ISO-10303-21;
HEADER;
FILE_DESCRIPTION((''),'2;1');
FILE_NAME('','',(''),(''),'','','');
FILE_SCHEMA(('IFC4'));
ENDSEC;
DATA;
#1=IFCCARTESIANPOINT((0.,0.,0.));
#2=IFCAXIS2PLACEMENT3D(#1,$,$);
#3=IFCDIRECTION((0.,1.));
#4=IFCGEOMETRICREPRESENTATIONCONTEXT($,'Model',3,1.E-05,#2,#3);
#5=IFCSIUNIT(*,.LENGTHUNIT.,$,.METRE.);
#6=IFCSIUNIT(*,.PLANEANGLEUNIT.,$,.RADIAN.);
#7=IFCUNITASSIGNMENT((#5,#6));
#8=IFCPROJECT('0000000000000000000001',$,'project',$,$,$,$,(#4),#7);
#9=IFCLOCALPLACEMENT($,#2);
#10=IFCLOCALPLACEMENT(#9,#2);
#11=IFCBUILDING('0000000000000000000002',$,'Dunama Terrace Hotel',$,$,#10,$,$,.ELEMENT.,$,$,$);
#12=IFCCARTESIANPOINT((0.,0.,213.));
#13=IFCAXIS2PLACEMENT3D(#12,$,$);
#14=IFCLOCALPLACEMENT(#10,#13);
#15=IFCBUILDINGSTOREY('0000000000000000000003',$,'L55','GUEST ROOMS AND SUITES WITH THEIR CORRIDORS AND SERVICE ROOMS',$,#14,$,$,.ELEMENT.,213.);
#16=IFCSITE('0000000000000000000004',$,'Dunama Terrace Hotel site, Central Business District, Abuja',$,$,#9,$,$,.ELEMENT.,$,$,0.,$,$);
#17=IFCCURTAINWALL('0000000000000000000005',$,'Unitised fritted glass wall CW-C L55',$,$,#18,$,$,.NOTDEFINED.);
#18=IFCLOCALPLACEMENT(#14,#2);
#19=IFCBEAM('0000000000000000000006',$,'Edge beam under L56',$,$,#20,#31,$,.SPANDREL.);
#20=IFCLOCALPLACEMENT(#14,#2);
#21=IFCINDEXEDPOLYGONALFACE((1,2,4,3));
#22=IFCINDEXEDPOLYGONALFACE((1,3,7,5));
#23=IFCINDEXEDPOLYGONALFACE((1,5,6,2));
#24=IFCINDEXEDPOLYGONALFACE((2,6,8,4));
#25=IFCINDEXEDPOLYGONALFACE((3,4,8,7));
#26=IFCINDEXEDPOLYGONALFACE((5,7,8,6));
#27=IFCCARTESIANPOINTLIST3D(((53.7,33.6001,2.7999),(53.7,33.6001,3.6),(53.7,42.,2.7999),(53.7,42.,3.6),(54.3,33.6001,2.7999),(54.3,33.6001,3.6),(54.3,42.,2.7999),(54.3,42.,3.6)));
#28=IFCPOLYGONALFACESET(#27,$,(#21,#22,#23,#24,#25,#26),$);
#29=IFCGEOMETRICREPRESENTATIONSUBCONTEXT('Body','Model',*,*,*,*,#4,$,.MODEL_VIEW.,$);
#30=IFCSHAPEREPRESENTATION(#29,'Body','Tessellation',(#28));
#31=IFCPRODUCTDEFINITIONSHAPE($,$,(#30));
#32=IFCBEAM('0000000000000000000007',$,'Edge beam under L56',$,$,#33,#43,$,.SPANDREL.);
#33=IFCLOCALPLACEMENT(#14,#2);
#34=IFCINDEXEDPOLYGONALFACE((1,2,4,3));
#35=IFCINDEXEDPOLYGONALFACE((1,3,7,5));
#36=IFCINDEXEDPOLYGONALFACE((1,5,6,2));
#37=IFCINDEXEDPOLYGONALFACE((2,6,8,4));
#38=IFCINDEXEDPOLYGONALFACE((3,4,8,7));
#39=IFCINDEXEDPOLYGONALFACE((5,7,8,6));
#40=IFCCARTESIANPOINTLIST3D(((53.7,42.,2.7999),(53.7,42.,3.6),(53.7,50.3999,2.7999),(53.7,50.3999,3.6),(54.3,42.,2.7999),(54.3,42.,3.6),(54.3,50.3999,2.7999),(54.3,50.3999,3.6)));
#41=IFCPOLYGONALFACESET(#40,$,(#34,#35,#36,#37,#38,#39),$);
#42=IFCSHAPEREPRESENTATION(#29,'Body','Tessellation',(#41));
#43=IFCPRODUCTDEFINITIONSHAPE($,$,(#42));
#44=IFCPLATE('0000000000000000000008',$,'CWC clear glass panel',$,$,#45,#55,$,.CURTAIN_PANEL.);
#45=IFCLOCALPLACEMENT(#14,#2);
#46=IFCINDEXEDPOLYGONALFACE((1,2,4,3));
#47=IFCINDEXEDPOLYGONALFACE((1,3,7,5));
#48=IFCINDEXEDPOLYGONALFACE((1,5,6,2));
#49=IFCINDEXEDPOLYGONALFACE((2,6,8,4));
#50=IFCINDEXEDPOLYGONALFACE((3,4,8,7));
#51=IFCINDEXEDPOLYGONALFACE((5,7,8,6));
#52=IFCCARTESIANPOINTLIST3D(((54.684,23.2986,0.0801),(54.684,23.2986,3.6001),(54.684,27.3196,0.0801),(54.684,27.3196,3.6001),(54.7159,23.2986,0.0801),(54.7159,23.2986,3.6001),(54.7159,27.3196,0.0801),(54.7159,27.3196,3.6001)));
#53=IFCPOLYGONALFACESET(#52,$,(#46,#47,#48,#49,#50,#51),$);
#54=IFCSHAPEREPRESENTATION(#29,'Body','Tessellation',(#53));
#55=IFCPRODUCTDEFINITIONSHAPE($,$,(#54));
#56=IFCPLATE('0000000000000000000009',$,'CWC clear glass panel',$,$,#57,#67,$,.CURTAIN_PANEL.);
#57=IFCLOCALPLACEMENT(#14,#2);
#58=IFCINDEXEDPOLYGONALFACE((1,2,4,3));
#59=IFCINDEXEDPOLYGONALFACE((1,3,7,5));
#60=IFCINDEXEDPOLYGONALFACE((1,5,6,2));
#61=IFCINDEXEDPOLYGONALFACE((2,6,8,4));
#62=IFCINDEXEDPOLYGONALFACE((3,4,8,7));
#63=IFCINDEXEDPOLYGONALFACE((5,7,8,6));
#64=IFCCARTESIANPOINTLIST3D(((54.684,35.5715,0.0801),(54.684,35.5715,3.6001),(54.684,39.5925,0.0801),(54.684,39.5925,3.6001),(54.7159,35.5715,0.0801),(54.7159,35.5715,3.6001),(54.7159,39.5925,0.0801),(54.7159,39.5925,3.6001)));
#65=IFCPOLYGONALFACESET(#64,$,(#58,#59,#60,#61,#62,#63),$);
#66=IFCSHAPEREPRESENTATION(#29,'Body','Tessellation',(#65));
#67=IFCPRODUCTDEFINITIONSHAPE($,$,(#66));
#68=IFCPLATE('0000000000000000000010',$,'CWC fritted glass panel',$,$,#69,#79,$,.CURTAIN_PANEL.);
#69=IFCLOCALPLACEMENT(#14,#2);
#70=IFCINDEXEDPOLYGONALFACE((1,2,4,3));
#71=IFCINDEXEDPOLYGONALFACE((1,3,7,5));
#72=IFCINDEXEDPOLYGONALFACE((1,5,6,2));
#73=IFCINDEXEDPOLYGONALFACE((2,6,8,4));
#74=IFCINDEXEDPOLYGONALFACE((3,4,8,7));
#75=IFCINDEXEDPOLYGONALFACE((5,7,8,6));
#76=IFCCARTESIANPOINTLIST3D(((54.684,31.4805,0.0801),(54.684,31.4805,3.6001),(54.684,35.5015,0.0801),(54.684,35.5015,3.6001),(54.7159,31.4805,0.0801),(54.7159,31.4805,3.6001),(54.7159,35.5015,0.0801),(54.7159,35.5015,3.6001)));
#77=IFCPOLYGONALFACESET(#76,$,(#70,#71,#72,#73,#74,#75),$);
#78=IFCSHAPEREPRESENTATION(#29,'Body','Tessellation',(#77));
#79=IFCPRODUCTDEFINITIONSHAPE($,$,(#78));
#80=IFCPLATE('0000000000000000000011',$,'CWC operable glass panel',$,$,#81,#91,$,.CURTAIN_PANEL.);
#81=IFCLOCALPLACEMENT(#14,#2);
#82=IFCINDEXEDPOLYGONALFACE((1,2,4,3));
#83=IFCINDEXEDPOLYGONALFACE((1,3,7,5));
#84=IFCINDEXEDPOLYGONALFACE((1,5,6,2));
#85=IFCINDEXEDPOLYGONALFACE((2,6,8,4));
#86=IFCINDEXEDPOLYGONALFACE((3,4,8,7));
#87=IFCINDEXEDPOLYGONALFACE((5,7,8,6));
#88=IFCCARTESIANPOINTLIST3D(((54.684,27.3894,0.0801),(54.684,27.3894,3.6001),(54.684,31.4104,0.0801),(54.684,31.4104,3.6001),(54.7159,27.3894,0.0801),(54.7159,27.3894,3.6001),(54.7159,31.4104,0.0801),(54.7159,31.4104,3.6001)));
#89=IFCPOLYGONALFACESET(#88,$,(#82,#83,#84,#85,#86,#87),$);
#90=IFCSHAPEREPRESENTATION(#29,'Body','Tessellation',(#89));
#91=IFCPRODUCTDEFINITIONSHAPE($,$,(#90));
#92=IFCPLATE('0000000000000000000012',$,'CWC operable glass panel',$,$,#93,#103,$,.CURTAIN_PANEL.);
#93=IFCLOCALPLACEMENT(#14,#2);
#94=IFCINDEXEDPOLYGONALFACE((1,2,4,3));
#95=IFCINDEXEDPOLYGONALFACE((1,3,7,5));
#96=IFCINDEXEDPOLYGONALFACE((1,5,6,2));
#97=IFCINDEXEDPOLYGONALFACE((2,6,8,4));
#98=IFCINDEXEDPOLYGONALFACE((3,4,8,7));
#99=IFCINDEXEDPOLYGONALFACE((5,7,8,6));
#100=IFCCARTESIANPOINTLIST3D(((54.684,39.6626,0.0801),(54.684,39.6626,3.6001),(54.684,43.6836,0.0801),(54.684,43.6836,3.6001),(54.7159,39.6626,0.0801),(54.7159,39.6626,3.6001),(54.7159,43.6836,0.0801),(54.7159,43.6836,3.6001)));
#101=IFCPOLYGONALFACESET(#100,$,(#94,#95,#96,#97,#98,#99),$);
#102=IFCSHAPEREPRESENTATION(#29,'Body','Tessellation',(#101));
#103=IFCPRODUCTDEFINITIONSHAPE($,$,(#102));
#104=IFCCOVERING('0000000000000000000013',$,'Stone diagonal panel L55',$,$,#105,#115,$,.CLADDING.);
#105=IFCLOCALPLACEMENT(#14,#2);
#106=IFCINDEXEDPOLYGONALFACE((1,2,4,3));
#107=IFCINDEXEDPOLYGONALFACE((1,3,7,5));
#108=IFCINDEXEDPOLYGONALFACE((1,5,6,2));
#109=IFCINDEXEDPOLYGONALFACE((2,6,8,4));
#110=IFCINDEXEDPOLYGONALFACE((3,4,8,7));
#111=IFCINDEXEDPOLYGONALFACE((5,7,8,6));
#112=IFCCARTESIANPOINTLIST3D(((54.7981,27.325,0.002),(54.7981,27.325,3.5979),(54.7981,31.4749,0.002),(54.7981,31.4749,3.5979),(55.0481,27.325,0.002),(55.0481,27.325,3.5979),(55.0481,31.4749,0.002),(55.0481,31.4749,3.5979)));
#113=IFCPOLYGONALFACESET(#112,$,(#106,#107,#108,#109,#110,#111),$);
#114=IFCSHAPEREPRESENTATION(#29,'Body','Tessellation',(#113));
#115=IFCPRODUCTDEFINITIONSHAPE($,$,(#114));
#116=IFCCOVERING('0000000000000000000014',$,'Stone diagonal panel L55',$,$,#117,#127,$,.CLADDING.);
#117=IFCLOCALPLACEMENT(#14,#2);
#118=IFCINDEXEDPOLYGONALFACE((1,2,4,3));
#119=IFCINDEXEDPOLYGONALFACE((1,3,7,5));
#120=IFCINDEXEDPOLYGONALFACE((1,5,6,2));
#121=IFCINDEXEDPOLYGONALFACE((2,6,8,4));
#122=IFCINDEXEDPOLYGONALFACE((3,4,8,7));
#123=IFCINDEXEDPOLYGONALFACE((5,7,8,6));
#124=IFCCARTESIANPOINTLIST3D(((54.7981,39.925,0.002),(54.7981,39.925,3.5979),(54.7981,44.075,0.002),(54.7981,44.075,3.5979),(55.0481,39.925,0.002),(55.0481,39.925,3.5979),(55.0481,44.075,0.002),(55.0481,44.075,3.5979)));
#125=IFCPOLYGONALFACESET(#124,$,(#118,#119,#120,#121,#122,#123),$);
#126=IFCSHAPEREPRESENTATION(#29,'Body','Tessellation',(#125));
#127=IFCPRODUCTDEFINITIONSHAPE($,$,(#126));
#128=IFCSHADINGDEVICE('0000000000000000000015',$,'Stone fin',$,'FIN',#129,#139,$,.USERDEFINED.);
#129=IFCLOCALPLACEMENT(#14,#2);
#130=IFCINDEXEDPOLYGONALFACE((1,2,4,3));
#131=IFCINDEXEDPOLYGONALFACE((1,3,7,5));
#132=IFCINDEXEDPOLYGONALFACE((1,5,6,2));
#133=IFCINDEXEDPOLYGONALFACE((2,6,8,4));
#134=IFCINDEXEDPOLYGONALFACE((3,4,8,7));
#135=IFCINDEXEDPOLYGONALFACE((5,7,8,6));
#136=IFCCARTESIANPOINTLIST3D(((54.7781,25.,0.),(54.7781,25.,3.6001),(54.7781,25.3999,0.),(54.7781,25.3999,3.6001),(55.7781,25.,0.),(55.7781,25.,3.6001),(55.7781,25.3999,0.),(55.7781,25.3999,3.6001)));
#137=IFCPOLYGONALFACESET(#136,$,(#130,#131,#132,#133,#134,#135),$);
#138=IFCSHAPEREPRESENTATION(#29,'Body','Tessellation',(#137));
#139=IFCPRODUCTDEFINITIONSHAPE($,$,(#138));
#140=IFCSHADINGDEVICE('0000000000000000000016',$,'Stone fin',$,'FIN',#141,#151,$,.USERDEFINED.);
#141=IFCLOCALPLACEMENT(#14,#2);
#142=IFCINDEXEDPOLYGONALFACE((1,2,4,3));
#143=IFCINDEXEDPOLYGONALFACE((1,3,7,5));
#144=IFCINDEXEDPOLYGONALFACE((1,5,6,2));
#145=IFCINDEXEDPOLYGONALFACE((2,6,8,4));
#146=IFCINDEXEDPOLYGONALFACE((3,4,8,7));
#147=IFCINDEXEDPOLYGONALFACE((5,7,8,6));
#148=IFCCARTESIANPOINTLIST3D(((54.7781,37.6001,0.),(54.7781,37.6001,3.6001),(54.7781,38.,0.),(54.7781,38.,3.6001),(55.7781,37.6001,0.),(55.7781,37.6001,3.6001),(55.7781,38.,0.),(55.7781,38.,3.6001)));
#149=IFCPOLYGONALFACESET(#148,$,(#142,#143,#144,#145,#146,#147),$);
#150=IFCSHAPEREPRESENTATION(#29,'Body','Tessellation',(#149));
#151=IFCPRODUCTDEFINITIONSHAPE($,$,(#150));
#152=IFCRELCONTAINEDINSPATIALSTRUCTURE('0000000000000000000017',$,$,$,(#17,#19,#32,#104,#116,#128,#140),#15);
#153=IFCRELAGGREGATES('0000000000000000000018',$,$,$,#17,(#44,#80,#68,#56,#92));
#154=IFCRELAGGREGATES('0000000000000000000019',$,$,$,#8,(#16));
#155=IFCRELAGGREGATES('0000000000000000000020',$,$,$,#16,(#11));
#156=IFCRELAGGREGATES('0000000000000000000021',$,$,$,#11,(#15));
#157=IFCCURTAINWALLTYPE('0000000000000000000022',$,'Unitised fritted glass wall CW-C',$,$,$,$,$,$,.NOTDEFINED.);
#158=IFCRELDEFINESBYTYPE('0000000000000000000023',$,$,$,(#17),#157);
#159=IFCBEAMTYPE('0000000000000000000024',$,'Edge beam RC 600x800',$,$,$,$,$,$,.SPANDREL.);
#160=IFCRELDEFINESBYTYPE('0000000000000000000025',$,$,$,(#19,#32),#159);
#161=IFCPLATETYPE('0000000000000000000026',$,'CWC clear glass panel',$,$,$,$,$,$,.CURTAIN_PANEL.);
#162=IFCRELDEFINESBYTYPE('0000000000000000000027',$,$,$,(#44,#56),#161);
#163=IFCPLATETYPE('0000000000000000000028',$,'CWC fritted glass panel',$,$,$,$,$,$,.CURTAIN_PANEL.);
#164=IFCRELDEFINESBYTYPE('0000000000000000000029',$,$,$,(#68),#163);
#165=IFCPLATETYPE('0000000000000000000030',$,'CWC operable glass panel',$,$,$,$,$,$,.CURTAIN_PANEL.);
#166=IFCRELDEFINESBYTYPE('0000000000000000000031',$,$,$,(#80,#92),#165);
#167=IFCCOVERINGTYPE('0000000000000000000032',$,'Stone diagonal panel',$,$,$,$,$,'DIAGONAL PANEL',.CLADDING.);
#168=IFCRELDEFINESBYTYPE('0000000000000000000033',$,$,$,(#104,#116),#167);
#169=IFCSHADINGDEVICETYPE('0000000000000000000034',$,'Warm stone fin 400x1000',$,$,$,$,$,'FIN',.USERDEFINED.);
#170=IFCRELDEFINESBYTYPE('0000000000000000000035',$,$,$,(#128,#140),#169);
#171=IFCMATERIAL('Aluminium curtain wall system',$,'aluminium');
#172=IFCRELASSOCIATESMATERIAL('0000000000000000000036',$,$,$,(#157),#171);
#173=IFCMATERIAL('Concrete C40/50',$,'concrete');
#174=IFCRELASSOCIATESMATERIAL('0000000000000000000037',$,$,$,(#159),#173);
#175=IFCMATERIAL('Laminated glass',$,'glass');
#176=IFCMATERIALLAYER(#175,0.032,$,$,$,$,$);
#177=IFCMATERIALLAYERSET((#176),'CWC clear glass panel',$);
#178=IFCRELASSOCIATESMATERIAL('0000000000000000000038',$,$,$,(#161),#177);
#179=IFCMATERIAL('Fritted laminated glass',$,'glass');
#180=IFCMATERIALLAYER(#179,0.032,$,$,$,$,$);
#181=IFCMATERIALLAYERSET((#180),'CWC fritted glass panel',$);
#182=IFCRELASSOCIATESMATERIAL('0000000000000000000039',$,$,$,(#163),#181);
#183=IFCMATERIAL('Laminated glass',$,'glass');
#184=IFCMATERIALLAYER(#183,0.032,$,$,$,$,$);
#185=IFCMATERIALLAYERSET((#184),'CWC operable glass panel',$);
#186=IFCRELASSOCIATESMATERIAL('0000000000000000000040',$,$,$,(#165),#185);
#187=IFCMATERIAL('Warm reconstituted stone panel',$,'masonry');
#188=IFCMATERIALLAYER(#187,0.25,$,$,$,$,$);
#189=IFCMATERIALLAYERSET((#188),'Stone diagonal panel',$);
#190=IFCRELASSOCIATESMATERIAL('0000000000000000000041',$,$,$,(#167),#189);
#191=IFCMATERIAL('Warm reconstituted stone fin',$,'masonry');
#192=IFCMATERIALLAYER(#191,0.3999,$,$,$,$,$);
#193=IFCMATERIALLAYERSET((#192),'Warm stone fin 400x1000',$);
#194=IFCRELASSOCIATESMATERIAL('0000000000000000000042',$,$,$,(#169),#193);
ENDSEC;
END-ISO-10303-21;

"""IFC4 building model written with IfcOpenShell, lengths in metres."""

from ifc_helpers import new_model, si_unit, direction, frame, origin, origin_2d, place, context, subcontext, project, spatial, rectangle, extrude, material, layer, layer_set, material_profile, profile_set, type_object, element, aggregate, save


model = new_model("IFC4")

# Units and contexts
model_context = context("Model", 3, precision=1e-05, world=origin(), true_north=direction((0.0, 1.0)))
body_context = subcontext(model_context, "Body", "Model", "MODEL_VIEW")
ifc_project = project(units=[si_unit("LENGTHUNIT", "METRE"), si_unit("PLANEANGLEUNIT", "RADIAN")], contexts=[model_context])

# Site, building, storey
site_placement = place(None, origin())
site = spatial("IfcSite", under=ifc_project, at=site_placement, Name="Dunama Terrace Hotel site, Central Business District, Abuja", CompositionType="ELEMENT", RefElevation=0.0)
building_placement = place(site_placement, origin())
building = spatial("IfcBuilding", under=site, at=building_placement, Name="Dunama Terrace Hotel", CompositionType="ELEMENT")
storey_placement = place(building_placement, frame((0.0, 0.0, 213.0)))
storey = spatial("IfcBuildingStorey", under=building, at=storey_placement, Name="L55", Description="GUEST ROOMS AND SUITES WITH THEIR CORRIDORS AND SERVICE ROOMS", CompositionType="ELEMENT", Elevation=213.0)

# Curtain wall
ifc_material_1 = material(Name="Aluminium curtain wall system", Category="aluminium")
curtain_wall_type = type_object("IfcCurtainWallType", Name="Unitised fritted glass wall CW-C", PredefinedType="NOTDEFINED", material=ifc_material_1)
curtain_wall_placement = place(storey_placement, origin())
curtain_wall = element("IfcCurtainWall", 1, at=curtain_wall_placement, inside=storey, type_object=curtain_wall_type, Name="Unitised fritted glass wall CW-C L55", PredefinedType="NOTDEFINED")

# Beams
ifc_material_2 = material(Name="Concrete C40/50", Category="concrete")
ifc_material_profile_1 = material_profile(ifc_material_2, rectangle(XDim=0.6001, YDim=0.8, at=origin_2d()), Name="RC 600x800")
ifc_profile_set_1 = profile_set([ifc_material_profile_1], Name="Concrete C40/50")
beam_type = type_object("IfcBeamType", Name="Edge beam RC 600x800", PredefinedType="SPANDREL", material=ifc_profile_set_1)
for number, where, z_axis, x_axis, name in (
    (2, (54.0, 33.6001, 3.2), (0.0, 1.0, 0.0), (-1.0, 0.0, 0.0), "Edge beam under L56"),
    (3, (54.0, 42.0, 3.2), (0.0, 1.0, 0.0), (-1.0, 0.0, 0.0), "Edge beam under L56"),
):
    element("IfcBeam", number, at=place(storey_placement, frame(where, z_axis=z_axis, x_axis=x_axis)), inside=storey, type_object=beam_type, Name=name, PredefinedType="SPANDREL", context=body_context, shape_type="SweptSolid", body=[
        extrude(rectangle(XDim=0.6001, YDim=0.8, at=origin_2d()), origin(), (0.0, 0.0, 1.0), 8.3999),
    ])

# Plates
ifc_material_3 = material(Name="Laminated glass", Category="glass")
ifc_layer_1 = layer(ifc_material_3, 0.032)
ifc_layer_set_1 = layer_set([ifc_layer_1], Name="CWC clear glass panel")
plate_type_1 = type_object("IfcPlateType", Name="CWC clear glass panel", PredefinedType="CURTAIN_PANEL", material=ifc_layer_set_1)
plate_1_placement = place(storey_placement, frame((54.7, 25.3091, 0.0801), z_axis=(0.0, 0.0, 1.0), x_axis=(0.0, 1.0, 0.0)))
plate_1 = element("IfcPlate", 4, at=plate_1_placement, type_object=plate_type_1, Name="CWC clear glass panel", PredefinedType="CURTAIN_PANEL", context=body_context, shape_type="SweptSolid", body=[
    extrude(rectangle(XDim=4.021, YDim=0.032, at=origin_2d()), origin(), (0.0, 0.0, 1.0), 3.52),
])
plate_2_placement = place(storey_placement, frame((54.7, 37.582, 0.0801), z_axis=(0.0, 0.0, 1.0), x_axis=(0.0, 1.0, 0.0)))
plate_2 = element("IfcPlate", 5, at=plate_2_placement, type_object=plate_type_1, Name="CWC clear glass panel", PredefinedType="CURTAIN_PANEL", context=body_context, shape_type="SweptSolid", body=[
    extrude(rectangle(XDim=4.021, YDim=0.032, at=origin_2d()), origin(), (0.0, 0.0, 1.0), 3.52),
])
ifc_material_4 = material(Name="Fritted laminated glass", Category="glass")
ifc_layer_2 = layer(ifc_material_4, 0.032)
ifc_layer_set_2 = layer_set([ifc_layer_2], Name="CWC fritted glass panel")
plate_type_2 = type_object("IfcPlateType", Name="CWC fritted glass panel", PredefinedType="CURTAIN_PANEL", material=ifc_layer_set_2)
plate_3_placement = place(storey_placement, frame((54.7, 33.491, 0.0801), z_axis=(0.0, 0.0, 1.0), x_axis=(0.0, 1.0, 0.0)))
plate_3 = element("IfcPlate", 6, at=plate_3_placement, type_object=plate_type_2, Name="CWC fritted glass panel", PredefinedType="CURTAIN_PANEL", context=body_context, shape_type="SweptSolid", body=[
    extrude(rectangle(XDim=4.021, YDim=0.032, at=origin_2d()), origin(), (0.0, 0.0, 1.0), 3.52),
])
ifc_material_5 = material(Name="Laminated glass", Category="glass")
ifc_layer_3 = layer(ifc_material_5, 0.032)
ifc_layer_set_3 = layer_set([ifc_layer_3], Name="CWC operable glass panel")
plate_type_3 = type_object("IfcPlateType", Name="CWC operable glass panel", PredefinedType="CURTAIN_PANEL", material=ifc_layer_set_3)
plate_4_placement = place(storey_placement, frame((54.7, 29.3999, 0.0801), z_axis=(0.0, 0.0, 1.0), x_axis=(0.0, 1.0, 0.0)))
plate_4 = element("IfcPlate", 7, at=plate_4_placement, type_object=plate_type_3, Name="CWC operable glass panel", PredefinedType="CURTAIN_PANEL", context=body_context, shape_type="SweptSolid", body=[
    extrude(rectangle(XDim=4.021, YDim=0.032, at=origin_2d()), origin(), (0.0, 0.0, 1.0), 3.52),
])
plate_5_placement = place(storey_placement, frame((54.7, 41.6731, 0.0801), z_axis=(0.0, 0.0, 1.0), x_axis=(0.0, 1.0, 0.0)))
plate_5 = element("IfcPlate", 8, at=plate_5_placement, type_object=plate_type_3, Name="CWC operable glass panel", PredefinedType="CURTAIN_PANEL", context=body_context, shape_type="SweptSolid", body=[
    extrude(rectangle(XDim=4.021, YDim=0.032, at=origin_2d()), origin(), (0.0, 0.0, 1.0), 3.52),
])
aggregate(curtain_wall, [plate_1, plate_4, plate_3, plate_2, plate_5])

# Coverings
ifc_material_6 = material(Name="Warm reconstituted stone panel", Category="masonry")
ifc_layer_4 = layer(ifc_material_6, 0.25)
ifc_layer_set_4 = layer_set([ifc_layer_4], Name="Stone diagonal panel")
covering_type = type_object("IfcCoveringType", Name="Stone diagonal panel", ElementType="DIAGONAL PANEL", PredefinedType="CLADDING", material=ifc_layer_set_4)
for number, where, z_axis, x_axis, name in (
    (9, (54.9231, 29.3999, 0.002), (0.0, 0.0, 1.0), (0.0, 1.0, 0.0), "Stone diagonal panel L55"),
    (10, (54.9231, 42.0, 0.002), (0.0, 0.0, 1.0), (0.0, 1.0, 0.0), "Stone diagonal panel L55"),
):
    element("IfcCovering", number, at=place(storey_placement, frame(where, z_axis=z_axis, x_axis=x_axis)), inside=storey, type_object=covering_type, Name=name, PredefinedType="CLADDING", context=body_context, shape_type="SweptSolid", body=[
        extrude(rectangle(XDim=4.1499, YDim=0.25, at=origin_2d()), origin(), (0.0, 0.0, 1.0), 3.5959),
    ])

# Shading devices
ifc_material_7 = material(Name="Warm reconstituted stone fin", Category="masonry")
ifc_layer_5 = layer(ifc_material_7, 0.3999)
ifc_layer_set_5 = layer_set([ifc_layer_5], Name="Warm stone fin 400x1000")
shading_device_type = type_object("IfcShadingDeviceType", Name="Warm stone fin 400x1000", ElementType="FIN", PredefinedType="USERDEFINED", material=ifc_layer_set_5)
for number, where, z_axis, x_axis, name in (
    (11, (55.2781, 25.2, 0.0), (0.0, 0.0, 1.0), (0.0, 1.0, 0.0), "Stone fin"),
    (12, (55.2781, 37.8, 0.0), (0.0, 0.0, 1.0), (0.0, 1.0, 0.0), "Stone fin"),
):
    element("IfcShadingDevice", number, at=place(storey_placement, frame(where, z_axis=z_axis, x_axis=x_axis)), inside=storey, type_object=shading_device_type, Name=name, ObjectType="FIN", PredefinedType="USERDEFINED", context=body_context, shape_type="SweptSolid", body=[
        extrude(rectangle(XDim=0.3999, YDim=1.0, at=origin_2d()), origin(), (0.0, 0.0, 1.0), 3.6001),
    ])

save(model, "model.ifc")
